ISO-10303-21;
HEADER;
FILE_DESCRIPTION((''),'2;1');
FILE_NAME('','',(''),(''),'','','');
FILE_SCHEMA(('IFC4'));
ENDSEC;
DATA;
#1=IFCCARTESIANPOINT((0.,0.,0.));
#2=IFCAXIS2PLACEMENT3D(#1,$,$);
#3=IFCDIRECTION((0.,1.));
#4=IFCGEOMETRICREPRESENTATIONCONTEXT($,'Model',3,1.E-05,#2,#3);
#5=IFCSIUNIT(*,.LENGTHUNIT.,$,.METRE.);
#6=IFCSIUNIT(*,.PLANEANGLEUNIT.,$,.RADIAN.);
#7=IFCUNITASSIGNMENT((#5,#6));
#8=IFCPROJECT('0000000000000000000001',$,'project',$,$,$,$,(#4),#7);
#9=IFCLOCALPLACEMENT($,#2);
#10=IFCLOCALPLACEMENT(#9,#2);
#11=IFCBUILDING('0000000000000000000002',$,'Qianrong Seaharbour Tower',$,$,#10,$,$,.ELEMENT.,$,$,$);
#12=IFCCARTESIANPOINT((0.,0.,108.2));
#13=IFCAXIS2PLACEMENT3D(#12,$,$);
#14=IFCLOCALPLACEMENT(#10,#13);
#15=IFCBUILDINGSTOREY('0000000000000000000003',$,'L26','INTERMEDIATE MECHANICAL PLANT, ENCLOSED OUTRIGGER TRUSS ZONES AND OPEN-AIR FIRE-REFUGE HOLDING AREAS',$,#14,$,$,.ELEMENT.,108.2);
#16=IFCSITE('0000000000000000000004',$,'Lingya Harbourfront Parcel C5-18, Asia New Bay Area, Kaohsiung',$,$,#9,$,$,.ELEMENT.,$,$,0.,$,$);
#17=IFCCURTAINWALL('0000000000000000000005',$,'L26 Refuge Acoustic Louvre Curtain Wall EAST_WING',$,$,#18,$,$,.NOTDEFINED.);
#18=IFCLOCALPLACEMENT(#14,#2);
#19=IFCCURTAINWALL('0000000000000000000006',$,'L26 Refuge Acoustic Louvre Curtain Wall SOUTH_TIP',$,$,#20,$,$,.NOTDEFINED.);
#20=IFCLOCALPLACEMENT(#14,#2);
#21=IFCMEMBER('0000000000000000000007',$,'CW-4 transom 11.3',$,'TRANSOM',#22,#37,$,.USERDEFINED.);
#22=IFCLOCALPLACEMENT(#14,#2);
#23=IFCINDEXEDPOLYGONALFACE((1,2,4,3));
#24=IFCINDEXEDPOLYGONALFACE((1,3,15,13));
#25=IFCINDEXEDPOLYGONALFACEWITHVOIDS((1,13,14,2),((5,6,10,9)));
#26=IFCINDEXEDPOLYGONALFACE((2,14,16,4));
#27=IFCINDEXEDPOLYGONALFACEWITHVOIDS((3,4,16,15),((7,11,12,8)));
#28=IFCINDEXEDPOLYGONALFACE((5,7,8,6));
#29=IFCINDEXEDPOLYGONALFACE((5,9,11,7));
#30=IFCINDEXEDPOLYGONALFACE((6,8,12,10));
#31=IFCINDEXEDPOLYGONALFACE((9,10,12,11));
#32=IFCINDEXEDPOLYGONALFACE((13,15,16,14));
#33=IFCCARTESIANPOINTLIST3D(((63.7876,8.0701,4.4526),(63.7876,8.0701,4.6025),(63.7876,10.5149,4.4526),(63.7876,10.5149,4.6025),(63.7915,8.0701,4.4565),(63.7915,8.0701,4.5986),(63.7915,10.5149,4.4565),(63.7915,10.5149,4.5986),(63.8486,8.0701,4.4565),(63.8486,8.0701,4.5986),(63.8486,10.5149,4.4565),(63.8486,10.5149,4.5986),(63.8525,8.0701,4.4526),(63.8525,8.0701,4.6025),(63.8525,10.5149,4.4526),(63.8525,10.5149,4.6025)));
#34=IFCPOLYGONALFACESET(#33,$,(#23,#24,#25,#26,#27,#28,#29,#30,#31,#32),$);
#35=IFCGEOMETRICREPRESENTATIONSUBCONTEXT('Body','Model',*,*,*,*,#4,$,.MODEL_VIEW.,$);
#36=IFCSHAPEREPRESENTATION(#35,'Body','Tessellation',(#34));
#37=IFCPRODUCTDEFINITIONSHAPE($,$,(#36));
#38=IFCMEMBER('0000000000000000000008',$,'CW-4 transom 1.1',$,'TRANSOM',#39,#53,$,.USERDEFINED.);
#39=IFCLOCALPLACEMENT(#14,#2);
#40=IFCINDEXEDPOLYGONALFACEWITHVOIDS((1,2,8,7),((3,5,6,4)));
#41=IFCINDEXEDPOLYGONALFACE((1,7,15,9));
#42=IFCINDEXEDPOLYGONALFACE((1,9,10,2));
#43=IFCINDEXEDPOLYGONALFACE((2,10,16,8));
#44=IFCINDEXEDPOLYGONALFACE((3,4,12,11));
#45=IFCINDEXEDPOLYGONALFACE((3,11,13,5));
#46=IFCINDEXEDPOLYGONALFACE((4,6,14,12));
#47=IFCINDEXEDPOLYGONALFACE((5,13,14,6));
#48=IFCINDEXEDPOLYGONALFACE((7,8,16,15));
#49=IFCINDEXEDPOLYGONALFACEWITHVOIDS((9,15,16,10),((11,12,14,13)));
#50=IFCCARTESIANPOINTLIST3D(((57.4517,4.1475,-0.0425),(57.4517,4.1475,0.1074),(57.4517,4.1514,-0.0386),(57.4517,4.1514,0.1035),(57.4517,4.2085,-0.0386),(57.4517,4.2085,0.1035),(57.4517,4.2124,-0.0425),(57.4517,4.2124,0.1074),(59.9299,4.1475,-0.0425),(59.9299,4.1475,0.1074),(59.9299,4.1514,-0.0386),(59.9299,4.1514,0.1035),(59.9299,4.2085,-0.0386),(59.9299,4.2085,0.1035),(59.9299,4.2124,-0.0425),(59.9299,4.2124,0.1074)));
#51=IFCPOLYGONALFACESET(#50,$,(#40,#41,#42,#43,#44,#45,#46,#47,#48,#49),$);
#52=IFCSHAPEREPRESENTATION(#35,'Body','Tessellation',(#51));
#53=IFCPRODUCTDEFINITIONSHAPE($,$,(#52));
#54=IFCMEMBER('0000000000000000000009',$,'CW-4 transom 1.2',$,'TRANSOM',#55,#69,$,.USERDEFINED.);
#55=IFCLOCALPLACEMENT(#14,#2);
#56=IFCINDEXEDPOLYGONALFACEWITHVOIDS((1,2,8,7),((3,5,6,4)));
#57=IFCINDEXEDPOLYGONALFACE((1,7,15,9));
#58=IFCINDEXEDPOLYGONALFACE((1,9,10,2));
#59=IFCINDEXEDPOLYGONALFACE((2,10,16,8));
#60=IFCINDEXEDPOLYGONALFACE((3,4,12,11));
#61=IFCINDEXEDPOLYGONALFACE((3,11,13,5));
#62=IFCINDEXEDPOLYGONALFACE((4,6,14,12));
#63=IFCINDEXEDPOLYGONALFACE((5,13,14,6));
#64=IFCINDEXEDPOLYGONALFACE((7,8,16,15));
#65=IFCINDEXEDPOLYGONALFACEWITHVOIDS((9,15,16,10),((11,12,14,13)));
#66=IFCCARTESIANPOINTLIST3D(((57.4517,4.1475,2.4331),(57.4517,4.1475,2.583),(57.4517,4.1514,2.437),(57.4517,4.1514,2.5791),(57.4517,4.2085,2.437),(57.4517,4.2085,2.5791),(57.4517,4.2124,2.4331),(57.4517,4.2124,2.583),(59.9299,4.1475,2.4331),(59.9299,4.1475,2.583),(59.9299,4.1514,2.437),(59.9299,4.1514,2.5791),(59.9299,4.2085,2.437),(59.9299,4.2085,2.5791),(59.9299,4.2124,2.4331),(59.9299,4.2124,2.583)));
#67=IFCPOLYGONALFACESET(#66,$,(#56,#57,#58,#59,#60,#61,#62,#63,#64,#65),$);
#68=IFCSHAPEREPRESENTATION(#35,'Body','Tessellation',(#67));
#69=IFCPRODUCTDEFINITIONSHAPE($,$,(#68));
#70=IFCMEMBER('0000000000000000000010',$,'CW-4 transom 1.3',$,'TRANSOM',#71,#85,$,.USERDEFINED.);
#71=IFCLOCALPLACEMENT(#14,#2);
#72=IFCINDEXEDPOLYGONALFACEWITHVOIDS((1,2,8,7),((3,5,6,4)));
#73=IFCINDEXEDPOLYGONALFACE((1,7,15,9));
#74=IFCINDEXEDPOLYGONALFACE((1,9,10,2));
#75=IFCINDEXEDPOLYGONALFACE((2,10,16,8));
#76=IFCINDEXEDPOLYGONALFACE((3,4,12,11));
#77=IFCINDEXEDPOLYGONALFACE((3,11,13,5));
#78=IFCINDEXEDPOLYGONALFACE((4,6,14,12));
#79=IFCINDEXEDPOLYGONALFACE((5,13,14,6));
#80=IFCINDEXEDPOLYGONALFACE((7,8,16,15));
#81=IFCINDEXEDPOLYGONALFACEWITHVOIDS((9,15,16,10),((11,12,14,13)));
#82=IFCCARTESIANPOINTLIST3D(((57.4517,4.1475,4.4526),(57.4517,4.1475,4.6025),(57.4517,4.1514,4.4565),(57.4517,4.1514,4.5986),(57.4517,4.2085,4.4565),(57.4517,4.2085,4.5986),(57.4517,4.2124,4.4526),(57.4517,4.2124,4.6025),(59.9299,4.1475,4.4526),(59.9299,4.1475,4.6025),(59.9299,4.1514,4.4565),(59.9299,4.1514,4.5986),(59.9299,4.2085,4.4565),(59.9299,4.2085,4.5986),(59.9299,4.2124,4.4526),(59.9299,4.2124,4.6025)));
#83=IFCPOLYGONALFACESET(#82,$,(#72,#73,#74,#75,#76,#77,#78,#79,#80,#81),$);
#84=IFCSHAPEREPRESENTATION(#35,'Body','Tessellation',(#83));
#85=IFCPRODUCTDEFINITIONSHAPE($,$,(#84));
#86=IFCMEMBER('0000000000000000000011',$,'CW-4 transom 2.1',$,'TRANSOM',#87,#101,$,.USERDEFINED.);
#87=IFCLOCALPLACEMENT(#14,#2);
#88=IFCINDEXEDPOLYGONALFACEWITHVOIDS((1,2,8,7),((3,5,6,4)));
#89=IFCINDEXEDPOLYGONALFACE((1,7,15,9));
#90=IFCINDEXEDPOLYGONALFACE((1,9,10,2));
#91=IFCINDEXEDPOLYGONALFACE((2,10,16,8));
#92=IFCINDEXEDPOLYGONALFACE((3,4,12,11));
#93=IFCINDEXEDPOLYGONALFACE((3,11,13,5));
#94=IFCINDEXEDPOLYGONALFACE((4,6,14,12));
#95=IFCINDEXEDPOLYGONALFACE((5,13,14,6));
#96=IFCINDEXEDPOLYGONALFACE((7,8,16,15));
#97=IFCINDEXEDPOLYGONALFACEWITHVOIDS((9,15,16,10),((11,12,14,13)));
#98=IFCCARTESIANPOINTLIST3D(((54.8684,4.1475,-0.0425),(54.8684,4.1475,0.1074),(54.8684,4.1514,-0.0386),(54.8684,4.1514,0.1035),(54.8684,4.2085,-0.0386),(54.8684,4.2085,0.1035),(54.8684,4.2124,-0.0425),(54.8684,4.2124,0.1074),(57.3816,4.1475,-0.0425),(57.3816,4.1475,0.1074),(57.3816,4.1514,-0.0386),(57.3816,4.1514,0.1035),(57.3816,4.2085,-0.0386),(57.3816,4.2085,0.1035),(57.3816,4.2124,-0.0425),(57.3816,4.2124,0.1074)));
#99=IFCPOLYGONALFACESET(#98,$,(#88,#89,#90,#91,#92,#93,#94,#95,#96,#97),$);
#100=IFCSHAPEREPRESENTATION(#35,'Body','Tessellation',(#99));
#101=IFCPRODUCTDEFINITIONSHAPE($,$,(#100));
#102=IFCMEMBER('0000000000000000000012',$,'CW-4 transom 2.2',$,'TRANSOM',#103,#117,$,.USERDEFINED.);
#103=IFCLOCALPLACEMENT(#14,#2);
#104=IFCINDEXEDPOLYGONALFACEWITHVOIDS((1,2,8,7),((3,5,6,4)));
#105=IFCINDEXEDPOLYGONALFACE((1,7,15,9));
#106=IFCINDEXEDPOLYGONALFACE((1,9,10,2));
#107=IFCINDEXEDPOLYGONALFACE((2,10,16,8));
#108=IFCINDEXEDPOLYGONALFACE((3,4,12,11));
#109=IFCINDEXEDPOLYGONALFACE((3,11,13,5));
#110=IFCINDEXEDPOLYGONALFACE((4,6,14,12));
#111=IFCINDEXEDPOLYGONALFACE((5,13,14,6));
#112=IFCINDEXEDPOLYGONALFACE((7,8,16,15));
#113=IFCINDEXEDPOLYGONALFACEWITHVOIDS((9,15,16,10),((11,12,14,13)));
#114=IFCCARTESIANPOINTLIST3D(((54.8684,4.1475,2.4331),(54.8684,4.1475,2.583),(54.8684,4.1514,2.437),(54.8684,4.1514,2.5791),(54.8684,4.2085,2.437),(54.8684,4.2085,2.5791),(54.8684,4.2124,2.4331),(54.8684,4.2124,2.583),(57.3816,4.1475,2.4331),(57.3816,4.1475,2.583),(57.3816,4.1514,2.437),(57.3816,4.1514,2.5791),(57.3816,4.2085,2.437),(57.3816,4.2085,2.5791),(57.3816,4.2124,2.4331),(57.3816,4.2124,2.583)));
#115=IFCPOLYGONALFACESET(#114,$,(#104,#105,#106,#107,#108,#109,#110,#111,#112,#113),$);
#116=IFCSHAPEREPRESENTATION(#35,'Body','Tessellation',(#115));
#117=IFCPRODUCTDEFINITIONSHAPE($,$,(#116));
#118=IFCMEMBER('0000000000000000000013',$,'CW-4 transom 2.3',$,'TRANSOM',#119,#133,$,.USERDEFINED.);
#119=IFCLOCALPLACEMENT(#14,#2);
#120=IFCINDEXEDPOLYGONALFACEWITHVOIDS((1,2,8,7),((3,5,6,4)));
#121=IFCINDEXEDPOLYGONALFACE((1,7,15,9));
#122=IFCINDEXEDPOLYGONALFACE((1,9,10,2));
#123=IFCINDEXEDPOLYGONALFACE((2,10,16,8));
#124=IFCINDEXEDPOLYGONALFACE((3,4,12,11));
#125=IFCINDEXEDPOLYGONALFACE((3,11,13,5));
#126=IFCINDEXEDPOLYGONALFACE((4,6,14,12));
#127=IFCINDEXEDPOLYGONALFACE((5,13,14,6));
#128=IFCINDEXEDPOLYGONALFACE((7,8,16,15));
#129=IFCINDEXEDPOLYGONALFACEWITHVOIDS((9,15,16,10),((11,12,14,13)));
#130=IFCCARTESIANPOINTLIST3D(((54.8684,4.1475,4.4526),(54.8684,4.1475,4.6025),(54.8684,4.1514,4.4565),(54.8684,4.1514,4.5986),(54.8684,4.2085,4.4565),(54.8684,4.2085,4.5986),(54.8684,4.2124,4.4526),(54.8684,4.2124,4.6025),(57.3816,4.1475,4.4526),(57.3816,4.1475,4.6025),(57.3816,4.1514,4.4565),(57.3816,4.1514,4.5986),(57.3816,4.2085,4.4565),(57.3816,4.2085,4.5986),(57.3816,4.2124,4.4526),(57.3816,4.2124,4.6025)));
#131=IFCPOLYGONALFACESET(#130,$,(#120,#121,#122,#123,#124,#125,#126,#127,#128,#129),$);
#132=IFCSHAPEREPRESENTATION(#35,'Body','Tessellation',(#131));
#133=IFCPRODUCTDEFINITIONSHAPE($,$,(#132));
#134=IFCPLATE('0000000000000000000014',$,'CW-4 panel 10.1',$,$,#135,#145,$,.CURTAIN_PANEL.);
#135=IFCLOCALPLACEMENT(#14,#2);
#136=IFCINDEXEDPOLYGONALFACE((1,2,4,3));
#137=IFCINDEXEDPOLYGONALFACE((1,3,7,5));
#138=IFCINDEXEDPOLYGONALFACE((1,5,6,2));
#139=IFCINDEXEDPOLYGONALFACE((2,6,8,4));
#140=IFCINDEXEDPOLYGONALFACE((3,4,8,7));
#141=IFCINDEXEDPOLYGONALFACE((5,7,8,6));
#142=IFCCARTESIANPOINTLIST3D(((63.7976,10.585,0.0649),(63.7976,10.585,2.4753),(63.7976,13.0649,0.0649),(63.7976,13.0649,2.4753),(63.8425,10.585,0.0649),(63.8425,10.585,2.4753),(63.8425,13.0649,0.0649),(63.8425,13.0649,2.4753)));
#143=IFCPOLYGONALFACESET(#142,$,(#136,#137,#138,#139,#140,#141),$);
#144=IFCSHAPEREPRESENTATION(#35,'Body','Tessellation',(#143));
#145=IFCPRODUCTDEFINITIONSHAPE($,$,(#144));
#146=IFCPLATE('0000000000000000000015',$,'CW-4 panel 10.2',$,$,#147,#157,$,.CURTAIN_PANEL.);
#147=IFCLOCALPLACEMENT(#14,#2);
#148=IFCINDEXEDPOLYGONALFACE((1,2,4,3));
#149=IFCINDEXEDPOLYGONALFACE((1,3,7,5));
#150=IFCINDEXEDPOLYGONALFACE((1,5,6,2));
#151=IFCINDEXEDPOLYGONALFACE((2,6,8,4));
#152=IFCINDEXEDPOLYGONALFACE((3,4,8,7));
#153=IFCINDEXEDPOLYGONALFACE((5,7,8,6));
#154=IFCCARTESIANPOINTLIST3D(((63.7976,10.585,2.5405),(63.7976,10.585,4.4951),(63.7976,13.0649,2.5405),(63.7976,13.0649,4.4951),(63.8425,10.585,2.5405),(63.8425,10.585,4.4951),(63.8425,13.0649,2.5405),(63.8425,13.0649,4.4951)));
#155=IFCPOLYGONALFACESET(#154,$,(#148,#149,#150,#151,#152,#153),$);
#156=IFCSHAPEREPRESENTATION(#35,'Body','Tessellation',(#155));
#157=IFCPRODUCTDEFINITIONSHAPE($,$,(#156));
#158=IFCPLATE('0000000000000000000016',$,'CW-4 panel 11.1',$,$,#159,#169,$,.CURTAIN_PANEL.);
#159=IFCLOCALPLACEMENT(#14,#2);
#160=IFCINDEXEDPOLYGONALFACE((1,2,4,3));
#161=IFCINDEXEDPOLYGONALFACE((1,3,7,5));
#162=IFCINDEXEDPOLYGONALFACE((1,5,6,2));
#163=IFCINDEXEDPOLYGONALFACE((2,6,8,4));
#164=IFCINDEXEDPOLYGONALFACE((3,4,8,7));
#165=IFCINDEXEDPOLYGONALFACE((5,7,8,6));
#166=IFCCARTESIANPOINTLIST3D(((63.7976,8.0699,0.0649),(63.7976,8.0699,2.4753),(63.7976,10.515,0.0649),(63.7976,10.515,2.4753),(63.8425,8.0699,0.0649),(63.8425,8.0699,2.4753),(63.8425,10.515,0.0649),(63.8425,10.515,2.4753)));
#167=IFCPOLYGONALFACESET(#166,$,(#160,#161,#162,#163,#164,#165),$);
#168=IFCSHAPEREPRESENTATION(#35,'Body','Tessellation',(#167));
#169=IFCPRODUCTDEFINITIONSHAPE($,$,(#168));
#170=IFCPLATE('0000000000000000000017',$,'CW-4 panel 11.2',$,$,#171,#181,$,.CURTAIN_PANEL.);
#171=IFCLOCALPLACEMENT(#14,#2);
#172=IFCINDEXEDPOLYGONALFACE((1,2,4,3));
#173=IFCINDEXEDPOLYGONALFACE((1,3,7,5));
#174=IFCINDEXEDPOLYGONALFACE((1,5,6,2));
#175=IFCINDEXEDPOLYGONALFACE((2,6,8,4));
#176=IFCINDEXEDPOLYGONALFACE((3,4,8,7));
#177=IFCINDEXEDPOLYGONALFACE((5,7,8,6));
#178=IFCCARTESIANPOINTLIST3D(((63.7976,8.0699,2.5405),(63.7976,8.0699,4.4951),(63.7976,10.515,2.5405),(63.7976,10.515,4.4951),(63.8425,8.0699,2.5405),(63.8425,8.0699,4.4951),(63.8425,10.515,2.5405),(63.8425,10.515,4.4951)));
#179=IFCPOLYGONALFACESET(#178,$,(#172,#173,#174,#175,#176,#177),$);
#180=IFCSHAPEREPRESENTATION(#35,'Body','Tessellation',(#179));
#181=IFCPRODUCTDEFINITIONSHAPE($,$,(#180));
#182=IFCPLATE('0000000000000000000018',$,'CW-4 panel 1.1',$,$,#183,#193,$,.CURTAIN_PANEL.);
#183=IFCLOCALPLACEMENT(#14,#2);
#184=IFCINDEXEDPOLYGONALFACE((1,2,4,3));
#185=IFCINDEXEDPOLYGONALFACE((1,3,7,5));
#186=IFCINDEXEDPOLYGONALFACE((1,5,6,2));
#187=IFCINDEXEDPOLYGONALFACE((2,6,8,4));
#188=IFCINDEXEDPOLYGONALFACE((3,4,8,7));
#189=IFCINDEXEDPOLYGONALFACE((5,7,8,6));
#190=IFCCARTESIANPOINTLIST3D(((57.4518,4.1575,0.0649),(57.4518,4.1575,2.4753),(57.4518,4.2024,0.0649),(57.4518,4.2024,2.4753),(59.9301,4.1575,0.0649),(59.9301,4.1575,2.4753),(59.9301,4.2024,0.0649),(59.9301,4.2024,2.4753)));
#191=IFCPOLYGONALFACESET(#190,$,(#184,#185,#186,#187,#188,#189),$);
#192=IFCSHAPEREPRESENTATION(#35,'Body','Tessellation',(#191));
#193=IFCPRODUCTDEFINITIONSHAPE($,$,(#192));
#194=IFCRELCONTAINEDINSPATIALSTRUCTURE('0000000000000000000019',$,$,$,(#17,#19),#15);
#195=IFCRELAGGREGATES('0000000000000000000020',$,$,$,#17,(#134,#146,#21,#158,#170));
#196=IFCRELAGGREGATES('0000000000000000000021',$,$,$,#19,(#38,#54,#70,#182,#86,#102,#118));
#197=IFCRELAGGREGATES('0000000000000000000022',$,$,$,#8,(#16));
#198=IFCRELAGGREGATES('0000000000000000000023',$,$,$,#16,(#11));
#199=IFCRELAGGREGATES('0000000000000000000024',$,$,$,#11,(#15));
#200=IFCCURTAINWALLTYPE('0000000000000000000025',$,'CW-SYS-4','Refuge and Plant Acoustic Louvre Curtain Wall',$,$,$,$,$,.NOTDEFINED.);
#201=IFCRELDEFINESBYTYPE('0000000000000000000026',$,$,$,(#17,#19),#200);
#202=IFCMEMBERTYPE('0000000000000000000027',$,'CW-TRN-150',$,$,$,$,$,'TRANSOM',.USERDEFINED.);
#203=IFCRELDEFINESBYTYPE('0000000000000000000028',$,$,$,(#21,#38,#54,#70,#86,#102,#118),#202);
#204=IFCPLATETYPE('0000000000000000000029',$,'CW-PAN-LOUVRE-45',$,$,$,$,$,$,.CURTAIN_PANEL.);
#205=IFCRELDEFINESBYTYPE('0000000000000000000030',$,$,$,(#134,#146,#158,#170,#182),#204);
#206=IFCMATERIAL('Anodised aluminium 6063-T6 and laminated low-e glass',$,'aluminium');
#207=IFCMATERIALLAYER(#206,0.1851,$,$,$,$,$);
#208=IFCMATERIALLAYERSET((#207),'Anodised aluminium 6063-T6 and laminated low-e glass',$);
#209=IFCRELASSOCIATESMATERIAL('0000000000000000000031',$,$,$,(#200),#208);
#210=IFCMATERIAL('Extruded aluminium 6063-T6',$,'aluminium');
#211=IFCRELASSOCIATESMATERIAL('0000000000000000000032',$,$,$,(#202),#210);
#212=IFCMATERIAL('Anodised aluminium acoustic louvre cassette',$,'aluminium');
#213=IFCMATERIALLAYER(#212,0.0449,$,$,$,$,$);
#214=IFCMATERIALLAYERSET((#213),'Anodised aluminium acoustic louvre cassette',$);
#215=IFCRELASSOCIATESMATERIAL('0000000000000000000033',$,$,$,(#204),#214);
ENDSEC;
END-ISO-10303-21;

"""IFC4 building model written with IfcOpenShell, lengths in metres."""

from ifc_helpers import new_model, si_unit, direction, frame, origin, origin_2d, place, context, subcontext, project, spatial, rectangle, hollow_rectangle, extrude, material, layer, layer_set, material_profile, profile_set, type_object, element, aggregate, save


model = new_model("IFC4")

# Units and contexts
model_context = context("Model", 3, precision=1e-05, world=origin(), true_north=direction((0.0, 1.0)))
body_context = subcontext(model_context, "Body", "Model", "MODEL_VIEW")
ifc_project = project(units=[si_unit("LENGTHUNIT", "METRE"), si_unit("PLANEANGLEUNIT", "RADIAN")], contexts=[model_context])

# Site, building, storey
site_placement = place(None, origin())
site = spatial("IfcSite", under=ifc_project, at=site_placement, Name="Lingya Harbourfront Parcel C5-18, Asia New Bay Area, Kaohsiung", CompositionType="ELEMENT", RefElevation=0.0)
building_placement = place(site_placement, origin())
building = spatial("IfcBuilding", under=site, at=building_placement, Name="Qianrong Seaharbour Tower", CompositionType="ELEMENT")
storey_placement = place(building_placement, frame((0.0, 0.0, 108.2)))
storey = spatial("IfcBuildingStorey", under=building, at=storey_placement, Name="L26", Description="INTERMEDIATE MECHANICAL PLANT, ENCLOSED OUTRIGGER TRUSS ZONES AND OPEN-AIR FIRE-REFUGE HOLDING AREAS", CompositionType="ELEMENT", Elevation=108.2)

# Curtain walls
ifc_material_1 = material(Name="Anodised aluminium 6063-T6 and laminated low-e glass", Category="aluminium")
ifc_layer_1 = layer(ifc_material_1, 0.1851)
ifc_layer_set_1 = layer_set([ifc_layer_1], Name="Anodised aluminium 6063-T6 and laminated low-e glass")
curtain_wall_type = type_object("IfcCurtainWallType", Name="CW-SYS-4", Description="Refuge and Plant Acoustic Louvre Curtain Wall", PredefinedType="NOTDEFINED", material=ifc_layer_set_1)
curtain_wall_1_placement = place(storey_placement, origin())
curtain_wall_1 = element("IfcCurtainWall", 1, at=curtain_wall_1_placement, inside=storey, type_object=curtain_wall_type, Name="L26 Refuge Acoustic Louvre Curtain Wall EAST_WING", PredefinedType="NOTDEFINED")
ifc_material_2 = material(Name="Extruded aluminium 6063-T6", Category="aluminium")
curtain_wall_2_placement = place(storey_placement, origin())
curtain_wall_2 = element("IfcCurtainWall", 2, at=curtain_wall_2_placement, inside=storey, type_object=curtain_wall_type, Name="L26 Refuge Acoustic Louvre Curtain Wall SOUTH_TIP", PredefinedType="NOTDEFINED")

# Members
ifc_material_profile_1 = material_profile(ifc_material_2, hollow_rectangle(XDim=0.0649, YDim=0.1499, WallThickness=0.0039, at=origin_2d()), Name="ALU-TRN-150x65x4")
ifc_profile_set_1 = profile_set([ifc_material_profile_1], Name="Extruded aluminium 6063-T6")
member_type_1 = type_object("IfcMemberType", Name="CW-TRN-150", ElementType="TRANSOM", PredefinedType="USERDEFINED", material=ifc_profile_set_1)
member_1_placement = place(storey_placement, frame((63.8201, 10.5149, 4.5276), z_axis=(0.0, -1.0, 0.0), x_axis=(1.0, 0.0, 0.0)))
member_1 = element("IfcMember", 3, at=member_1_placement, type_object=member_type_1, Name="CW-4 transom 11.3", ObjectType="TRANSOM", PredefinedType="USERDEFINED", context=body_context, shape_type="SweptSolid", body=[
    extrude(hollow_rectangle(XDim=0.0649, YDim=0.1499, WallThickness=0.0039, at=origin_2d()), origin(), (0.0, 0.0, 1.0), 2.4448),
])
member_2_placement = place(storey_placement, frame((59.9299, 4.1799, 0.0325), z_axis=(-1.0, 0.0, 0.0), x_axis=(0.0, -1.0, 0.0)))
member_2 = element("IfcMember", 4, at=member_2_placement, type_object=member_type_1, Name="CW-4 transom 1.1", ObjectType="TRANSOM", PredefinedType="USERDEFINED", context=body_context, shape_type="SweptSolid", body=[
    extrude(hollow_rectangle(XDim=0.0649, YDim=0.1499, WallThickness=0.0039, at=origin_2d()), origin(), (0.0, 0.0, 1.0), 2.4783),
])
member_3_placement = place(storey_placement, frame((59.9299, 4.1799, 2.5081), z_axis=(-1.0, 0.0, 0.0), x_axis=(0.0, -1.0, 0.0)))
member_3 = element("IfcMember", 5, at=member_3_placement, type_object=member_type_1, Name="CW-4 transom 1.2", ObjectType="TRANSOM", PredefinedType="USERDEFINED", context=body_context, shape_type="SweptSolid", body=[
    extrude(hollow_rectangle(XDim=0.0649, YDim=0.1499, WallThickness=0.0039, at=origin_2d()), origin(), (0.0, 0.0, 1.0), 2.4783),
])
member_4_placement = place(storey_placement, frame((59.9299, 4.1799, 4.5276), z_axis=(-1.0, 0.0, 0.0), x_axis=(0.0, -1.0, 0.0)))
member_4 = element("IfcMember", 6, at=member_4_placement, type_object=member_type_1, Name="CW-4 transom 1.3", ObjectType="TRANSOM", PredefinedType="USERDEFINED", context=body_context, shape_type="SweptSolid", body=[
    extrude(hollow_rectangle(XDim=0.0649, YDim=0.1499, WallThickness=0.0039, at=origin_2d()), origin(), (0.0, 0.0, 1.0), 2.4783),
])
member_5_placement = place(storey_placement, frame((57.3816, 4.1799, 0.0325), z_axis=(-1.0, 0.0, 0.0), x_axis=(0.0, -1.0, 0.0)))
member_5 = element("IfcMember", 7, at=member_5_placement, type_object=member_type_1, Name="CW-4 transom 2.1", ObjectType="TRANSOM", PredefinedType="USERDEFINED", context=body_context, shape_type="SweptSolid", body=[
    extrude(hollow_rectangle(XDim=0.0649, YDim=0.1499, WallThickness=0.0039, at=origin_2d()), origin(), (0.0, 0.0, 1.0), 2.5132),
])
member_6_placement = place(storey_placement, frame((57.3816, 4.1799, 2.5081), z_axis=(-1.0, 0.0, 0.0), x_axis=(0.0, -1.0, 0.0)))
member_6 = element("IfcMember", 8, at=member_6_placement, type_object=member_type_1, Name="CW-4 transom 2.2", ObjectType="TRANSOM", PredefinedType="USERDEFINED", context=body_context, shape_type="SweptSolid", body=[
    extrude(hollow_rectangle(XDim=0.0649, YDim=0.1499, WallThickness=0.0039, at=origin_2d()), origin(), (0.0, 0.0, 1.0), 2.5132),
])
member_7_placement = place(storey_placement, frame((57.3816, 4.1799, 4.5276), z_axis=(-1.0, 0.0, 0.0), x_axis=(0.0, -1.0, 0.0)))
member_7 = element("IfcMember", 9, at=member_7_placement, type_object=member_type_1, Name="CW-4 transom 2.3", ObjectType="TRANSOM", PredefinedType="USERDEFINED", context=body_context, shape_type="SweptSolid", body=[
    extrude(hollow_rectangle(XDim=0.0649, YDim=0.1499, WallThickness=0.0039, at=origin_2d()), origin(), (0.0, 0.0, 1.0), 2.5132),
])

# Plates
ifc_material_3 = material(Name="Anodised aluminium acoustic louvre cassette", Category="aluminium")
ifc_layer_2 = layer(ifc_material_3, 0.0449)
ifc_layer_set_2 = layer_set([ifc_layer_2], Name="Anodised aluminium acoustic louvre cassette")
plate_type = type_object("IfcPlateType", Name="CW-PAN-LOUVRE-45", PredefinedType="CURTAIN_PANEL", material=ifc_layer_set_2)
plate_1_placement = place(storey_placement, frame((63.8201, 11.825, 0.0649), z_axis=(0.0, 0.0, 1.0), x_axis=(0.0, -1.0, 0.0)))
plate_1 = element("IfcPlate", 10, at=plate_1_placement, type_object=plate_type, Name="CW-4 panel 10.1", PredefinedType="CURTAIN_PANEL", context=body_context, shape_type="SweptSolid", body=[
    extrude(rectangle(XDim=2.48, YDim=0.0449, at=origin_2d()), origin(), (0.0, 0.0, 1.0), 2.4104),
])
plate_2_placement = place(storey_placement, frame((63.8201, 11.825, 2.5405), z_axis=(0.0, 0.0, 1.0), x_axis=(0.0, -1.0, 0.0)))
plate_2 = element("IfcPlate", 11, at=plate_2_placement, type_object=plate_type, Name="CW-4 panel 10.2", PredefinedType="CURTAIN_PANEL", context=body_context, shape_type="SweptSolid", body=[
    extrude(rectangle(XDim=2.48, YDim=0.0449, at=origin_2d()), origin(), (0.0, 0.0, 1.0), 1.9546),
])
plate_3_placement = place(storey_placement, frame((63.8201, 9.2925, 0.0649), z_axis=(0.0, 0.0, 1.0), x_axis=(0.0, -1.0, 0.0)))
plate_3 = element("IfcPlate", 12, at=plate_3_placement, type_object=plate_type, Name="CW-4 panel 11.1", PredefinedType="CURTAIN_PANEL", context=body_context, shape_type="SweptSolid", body=[
    extrude(rectangle(XDim=2.4451, YDim=0.0449, at=origin_2d()), origin(), (0.0, 0.0, 1.0), 2.4104),
])
plate_4_placement = place(storey_placement, frame((63.8201, 9.2925, 2.5405), z_axis=(0.0, 0.0, 1.0), x_axis=(0.0, -1.0, 0.0)))
plate_4 = element("IfcPlate", 13, at=plate_4_placement, type_object=plate_type, Name="CW-4 panel 11.2", PredefinedType="CURTAIN_PANEL", context=body_context, shape_type="SweptSolid", body=[
    extrude(rectangle(XDim=2.4451, YDim=0.0449, at=origin_2d()), origin(), (0.0, 0.0, 1.0), 1.9546),
])
aggregate(curtain_wall_1, [plate_1, plate_2, member_1, plate_3, plate_4])
plate_5_placement = place(storey_placement, frame((58.6909, 4.1799, 0.0649), z_axis=(0.0, 0.0, 1.0), x_axis=(-1.0, 0.0, 0.0)))
plate_5 = element("IfcPlate", 14, at=plate_5_placement, type_object=plate_type, Name="CW-4 panel 1.1", PredefinedType="CURTAIN_PANEL", context=body_context, shape_type="SweptSolid", body=[
    extrude(rectangle(XDim=2.4783, YDim=0.0449, at=origin_2d()), origin(), (0.0, 0.0, 1.0), 2.4104),
])
aggregate(curtain_wall_2, [member_2, member_3, member_4, plate_5, member_5, member_6, member_7])

save(model, "model.ifc")
